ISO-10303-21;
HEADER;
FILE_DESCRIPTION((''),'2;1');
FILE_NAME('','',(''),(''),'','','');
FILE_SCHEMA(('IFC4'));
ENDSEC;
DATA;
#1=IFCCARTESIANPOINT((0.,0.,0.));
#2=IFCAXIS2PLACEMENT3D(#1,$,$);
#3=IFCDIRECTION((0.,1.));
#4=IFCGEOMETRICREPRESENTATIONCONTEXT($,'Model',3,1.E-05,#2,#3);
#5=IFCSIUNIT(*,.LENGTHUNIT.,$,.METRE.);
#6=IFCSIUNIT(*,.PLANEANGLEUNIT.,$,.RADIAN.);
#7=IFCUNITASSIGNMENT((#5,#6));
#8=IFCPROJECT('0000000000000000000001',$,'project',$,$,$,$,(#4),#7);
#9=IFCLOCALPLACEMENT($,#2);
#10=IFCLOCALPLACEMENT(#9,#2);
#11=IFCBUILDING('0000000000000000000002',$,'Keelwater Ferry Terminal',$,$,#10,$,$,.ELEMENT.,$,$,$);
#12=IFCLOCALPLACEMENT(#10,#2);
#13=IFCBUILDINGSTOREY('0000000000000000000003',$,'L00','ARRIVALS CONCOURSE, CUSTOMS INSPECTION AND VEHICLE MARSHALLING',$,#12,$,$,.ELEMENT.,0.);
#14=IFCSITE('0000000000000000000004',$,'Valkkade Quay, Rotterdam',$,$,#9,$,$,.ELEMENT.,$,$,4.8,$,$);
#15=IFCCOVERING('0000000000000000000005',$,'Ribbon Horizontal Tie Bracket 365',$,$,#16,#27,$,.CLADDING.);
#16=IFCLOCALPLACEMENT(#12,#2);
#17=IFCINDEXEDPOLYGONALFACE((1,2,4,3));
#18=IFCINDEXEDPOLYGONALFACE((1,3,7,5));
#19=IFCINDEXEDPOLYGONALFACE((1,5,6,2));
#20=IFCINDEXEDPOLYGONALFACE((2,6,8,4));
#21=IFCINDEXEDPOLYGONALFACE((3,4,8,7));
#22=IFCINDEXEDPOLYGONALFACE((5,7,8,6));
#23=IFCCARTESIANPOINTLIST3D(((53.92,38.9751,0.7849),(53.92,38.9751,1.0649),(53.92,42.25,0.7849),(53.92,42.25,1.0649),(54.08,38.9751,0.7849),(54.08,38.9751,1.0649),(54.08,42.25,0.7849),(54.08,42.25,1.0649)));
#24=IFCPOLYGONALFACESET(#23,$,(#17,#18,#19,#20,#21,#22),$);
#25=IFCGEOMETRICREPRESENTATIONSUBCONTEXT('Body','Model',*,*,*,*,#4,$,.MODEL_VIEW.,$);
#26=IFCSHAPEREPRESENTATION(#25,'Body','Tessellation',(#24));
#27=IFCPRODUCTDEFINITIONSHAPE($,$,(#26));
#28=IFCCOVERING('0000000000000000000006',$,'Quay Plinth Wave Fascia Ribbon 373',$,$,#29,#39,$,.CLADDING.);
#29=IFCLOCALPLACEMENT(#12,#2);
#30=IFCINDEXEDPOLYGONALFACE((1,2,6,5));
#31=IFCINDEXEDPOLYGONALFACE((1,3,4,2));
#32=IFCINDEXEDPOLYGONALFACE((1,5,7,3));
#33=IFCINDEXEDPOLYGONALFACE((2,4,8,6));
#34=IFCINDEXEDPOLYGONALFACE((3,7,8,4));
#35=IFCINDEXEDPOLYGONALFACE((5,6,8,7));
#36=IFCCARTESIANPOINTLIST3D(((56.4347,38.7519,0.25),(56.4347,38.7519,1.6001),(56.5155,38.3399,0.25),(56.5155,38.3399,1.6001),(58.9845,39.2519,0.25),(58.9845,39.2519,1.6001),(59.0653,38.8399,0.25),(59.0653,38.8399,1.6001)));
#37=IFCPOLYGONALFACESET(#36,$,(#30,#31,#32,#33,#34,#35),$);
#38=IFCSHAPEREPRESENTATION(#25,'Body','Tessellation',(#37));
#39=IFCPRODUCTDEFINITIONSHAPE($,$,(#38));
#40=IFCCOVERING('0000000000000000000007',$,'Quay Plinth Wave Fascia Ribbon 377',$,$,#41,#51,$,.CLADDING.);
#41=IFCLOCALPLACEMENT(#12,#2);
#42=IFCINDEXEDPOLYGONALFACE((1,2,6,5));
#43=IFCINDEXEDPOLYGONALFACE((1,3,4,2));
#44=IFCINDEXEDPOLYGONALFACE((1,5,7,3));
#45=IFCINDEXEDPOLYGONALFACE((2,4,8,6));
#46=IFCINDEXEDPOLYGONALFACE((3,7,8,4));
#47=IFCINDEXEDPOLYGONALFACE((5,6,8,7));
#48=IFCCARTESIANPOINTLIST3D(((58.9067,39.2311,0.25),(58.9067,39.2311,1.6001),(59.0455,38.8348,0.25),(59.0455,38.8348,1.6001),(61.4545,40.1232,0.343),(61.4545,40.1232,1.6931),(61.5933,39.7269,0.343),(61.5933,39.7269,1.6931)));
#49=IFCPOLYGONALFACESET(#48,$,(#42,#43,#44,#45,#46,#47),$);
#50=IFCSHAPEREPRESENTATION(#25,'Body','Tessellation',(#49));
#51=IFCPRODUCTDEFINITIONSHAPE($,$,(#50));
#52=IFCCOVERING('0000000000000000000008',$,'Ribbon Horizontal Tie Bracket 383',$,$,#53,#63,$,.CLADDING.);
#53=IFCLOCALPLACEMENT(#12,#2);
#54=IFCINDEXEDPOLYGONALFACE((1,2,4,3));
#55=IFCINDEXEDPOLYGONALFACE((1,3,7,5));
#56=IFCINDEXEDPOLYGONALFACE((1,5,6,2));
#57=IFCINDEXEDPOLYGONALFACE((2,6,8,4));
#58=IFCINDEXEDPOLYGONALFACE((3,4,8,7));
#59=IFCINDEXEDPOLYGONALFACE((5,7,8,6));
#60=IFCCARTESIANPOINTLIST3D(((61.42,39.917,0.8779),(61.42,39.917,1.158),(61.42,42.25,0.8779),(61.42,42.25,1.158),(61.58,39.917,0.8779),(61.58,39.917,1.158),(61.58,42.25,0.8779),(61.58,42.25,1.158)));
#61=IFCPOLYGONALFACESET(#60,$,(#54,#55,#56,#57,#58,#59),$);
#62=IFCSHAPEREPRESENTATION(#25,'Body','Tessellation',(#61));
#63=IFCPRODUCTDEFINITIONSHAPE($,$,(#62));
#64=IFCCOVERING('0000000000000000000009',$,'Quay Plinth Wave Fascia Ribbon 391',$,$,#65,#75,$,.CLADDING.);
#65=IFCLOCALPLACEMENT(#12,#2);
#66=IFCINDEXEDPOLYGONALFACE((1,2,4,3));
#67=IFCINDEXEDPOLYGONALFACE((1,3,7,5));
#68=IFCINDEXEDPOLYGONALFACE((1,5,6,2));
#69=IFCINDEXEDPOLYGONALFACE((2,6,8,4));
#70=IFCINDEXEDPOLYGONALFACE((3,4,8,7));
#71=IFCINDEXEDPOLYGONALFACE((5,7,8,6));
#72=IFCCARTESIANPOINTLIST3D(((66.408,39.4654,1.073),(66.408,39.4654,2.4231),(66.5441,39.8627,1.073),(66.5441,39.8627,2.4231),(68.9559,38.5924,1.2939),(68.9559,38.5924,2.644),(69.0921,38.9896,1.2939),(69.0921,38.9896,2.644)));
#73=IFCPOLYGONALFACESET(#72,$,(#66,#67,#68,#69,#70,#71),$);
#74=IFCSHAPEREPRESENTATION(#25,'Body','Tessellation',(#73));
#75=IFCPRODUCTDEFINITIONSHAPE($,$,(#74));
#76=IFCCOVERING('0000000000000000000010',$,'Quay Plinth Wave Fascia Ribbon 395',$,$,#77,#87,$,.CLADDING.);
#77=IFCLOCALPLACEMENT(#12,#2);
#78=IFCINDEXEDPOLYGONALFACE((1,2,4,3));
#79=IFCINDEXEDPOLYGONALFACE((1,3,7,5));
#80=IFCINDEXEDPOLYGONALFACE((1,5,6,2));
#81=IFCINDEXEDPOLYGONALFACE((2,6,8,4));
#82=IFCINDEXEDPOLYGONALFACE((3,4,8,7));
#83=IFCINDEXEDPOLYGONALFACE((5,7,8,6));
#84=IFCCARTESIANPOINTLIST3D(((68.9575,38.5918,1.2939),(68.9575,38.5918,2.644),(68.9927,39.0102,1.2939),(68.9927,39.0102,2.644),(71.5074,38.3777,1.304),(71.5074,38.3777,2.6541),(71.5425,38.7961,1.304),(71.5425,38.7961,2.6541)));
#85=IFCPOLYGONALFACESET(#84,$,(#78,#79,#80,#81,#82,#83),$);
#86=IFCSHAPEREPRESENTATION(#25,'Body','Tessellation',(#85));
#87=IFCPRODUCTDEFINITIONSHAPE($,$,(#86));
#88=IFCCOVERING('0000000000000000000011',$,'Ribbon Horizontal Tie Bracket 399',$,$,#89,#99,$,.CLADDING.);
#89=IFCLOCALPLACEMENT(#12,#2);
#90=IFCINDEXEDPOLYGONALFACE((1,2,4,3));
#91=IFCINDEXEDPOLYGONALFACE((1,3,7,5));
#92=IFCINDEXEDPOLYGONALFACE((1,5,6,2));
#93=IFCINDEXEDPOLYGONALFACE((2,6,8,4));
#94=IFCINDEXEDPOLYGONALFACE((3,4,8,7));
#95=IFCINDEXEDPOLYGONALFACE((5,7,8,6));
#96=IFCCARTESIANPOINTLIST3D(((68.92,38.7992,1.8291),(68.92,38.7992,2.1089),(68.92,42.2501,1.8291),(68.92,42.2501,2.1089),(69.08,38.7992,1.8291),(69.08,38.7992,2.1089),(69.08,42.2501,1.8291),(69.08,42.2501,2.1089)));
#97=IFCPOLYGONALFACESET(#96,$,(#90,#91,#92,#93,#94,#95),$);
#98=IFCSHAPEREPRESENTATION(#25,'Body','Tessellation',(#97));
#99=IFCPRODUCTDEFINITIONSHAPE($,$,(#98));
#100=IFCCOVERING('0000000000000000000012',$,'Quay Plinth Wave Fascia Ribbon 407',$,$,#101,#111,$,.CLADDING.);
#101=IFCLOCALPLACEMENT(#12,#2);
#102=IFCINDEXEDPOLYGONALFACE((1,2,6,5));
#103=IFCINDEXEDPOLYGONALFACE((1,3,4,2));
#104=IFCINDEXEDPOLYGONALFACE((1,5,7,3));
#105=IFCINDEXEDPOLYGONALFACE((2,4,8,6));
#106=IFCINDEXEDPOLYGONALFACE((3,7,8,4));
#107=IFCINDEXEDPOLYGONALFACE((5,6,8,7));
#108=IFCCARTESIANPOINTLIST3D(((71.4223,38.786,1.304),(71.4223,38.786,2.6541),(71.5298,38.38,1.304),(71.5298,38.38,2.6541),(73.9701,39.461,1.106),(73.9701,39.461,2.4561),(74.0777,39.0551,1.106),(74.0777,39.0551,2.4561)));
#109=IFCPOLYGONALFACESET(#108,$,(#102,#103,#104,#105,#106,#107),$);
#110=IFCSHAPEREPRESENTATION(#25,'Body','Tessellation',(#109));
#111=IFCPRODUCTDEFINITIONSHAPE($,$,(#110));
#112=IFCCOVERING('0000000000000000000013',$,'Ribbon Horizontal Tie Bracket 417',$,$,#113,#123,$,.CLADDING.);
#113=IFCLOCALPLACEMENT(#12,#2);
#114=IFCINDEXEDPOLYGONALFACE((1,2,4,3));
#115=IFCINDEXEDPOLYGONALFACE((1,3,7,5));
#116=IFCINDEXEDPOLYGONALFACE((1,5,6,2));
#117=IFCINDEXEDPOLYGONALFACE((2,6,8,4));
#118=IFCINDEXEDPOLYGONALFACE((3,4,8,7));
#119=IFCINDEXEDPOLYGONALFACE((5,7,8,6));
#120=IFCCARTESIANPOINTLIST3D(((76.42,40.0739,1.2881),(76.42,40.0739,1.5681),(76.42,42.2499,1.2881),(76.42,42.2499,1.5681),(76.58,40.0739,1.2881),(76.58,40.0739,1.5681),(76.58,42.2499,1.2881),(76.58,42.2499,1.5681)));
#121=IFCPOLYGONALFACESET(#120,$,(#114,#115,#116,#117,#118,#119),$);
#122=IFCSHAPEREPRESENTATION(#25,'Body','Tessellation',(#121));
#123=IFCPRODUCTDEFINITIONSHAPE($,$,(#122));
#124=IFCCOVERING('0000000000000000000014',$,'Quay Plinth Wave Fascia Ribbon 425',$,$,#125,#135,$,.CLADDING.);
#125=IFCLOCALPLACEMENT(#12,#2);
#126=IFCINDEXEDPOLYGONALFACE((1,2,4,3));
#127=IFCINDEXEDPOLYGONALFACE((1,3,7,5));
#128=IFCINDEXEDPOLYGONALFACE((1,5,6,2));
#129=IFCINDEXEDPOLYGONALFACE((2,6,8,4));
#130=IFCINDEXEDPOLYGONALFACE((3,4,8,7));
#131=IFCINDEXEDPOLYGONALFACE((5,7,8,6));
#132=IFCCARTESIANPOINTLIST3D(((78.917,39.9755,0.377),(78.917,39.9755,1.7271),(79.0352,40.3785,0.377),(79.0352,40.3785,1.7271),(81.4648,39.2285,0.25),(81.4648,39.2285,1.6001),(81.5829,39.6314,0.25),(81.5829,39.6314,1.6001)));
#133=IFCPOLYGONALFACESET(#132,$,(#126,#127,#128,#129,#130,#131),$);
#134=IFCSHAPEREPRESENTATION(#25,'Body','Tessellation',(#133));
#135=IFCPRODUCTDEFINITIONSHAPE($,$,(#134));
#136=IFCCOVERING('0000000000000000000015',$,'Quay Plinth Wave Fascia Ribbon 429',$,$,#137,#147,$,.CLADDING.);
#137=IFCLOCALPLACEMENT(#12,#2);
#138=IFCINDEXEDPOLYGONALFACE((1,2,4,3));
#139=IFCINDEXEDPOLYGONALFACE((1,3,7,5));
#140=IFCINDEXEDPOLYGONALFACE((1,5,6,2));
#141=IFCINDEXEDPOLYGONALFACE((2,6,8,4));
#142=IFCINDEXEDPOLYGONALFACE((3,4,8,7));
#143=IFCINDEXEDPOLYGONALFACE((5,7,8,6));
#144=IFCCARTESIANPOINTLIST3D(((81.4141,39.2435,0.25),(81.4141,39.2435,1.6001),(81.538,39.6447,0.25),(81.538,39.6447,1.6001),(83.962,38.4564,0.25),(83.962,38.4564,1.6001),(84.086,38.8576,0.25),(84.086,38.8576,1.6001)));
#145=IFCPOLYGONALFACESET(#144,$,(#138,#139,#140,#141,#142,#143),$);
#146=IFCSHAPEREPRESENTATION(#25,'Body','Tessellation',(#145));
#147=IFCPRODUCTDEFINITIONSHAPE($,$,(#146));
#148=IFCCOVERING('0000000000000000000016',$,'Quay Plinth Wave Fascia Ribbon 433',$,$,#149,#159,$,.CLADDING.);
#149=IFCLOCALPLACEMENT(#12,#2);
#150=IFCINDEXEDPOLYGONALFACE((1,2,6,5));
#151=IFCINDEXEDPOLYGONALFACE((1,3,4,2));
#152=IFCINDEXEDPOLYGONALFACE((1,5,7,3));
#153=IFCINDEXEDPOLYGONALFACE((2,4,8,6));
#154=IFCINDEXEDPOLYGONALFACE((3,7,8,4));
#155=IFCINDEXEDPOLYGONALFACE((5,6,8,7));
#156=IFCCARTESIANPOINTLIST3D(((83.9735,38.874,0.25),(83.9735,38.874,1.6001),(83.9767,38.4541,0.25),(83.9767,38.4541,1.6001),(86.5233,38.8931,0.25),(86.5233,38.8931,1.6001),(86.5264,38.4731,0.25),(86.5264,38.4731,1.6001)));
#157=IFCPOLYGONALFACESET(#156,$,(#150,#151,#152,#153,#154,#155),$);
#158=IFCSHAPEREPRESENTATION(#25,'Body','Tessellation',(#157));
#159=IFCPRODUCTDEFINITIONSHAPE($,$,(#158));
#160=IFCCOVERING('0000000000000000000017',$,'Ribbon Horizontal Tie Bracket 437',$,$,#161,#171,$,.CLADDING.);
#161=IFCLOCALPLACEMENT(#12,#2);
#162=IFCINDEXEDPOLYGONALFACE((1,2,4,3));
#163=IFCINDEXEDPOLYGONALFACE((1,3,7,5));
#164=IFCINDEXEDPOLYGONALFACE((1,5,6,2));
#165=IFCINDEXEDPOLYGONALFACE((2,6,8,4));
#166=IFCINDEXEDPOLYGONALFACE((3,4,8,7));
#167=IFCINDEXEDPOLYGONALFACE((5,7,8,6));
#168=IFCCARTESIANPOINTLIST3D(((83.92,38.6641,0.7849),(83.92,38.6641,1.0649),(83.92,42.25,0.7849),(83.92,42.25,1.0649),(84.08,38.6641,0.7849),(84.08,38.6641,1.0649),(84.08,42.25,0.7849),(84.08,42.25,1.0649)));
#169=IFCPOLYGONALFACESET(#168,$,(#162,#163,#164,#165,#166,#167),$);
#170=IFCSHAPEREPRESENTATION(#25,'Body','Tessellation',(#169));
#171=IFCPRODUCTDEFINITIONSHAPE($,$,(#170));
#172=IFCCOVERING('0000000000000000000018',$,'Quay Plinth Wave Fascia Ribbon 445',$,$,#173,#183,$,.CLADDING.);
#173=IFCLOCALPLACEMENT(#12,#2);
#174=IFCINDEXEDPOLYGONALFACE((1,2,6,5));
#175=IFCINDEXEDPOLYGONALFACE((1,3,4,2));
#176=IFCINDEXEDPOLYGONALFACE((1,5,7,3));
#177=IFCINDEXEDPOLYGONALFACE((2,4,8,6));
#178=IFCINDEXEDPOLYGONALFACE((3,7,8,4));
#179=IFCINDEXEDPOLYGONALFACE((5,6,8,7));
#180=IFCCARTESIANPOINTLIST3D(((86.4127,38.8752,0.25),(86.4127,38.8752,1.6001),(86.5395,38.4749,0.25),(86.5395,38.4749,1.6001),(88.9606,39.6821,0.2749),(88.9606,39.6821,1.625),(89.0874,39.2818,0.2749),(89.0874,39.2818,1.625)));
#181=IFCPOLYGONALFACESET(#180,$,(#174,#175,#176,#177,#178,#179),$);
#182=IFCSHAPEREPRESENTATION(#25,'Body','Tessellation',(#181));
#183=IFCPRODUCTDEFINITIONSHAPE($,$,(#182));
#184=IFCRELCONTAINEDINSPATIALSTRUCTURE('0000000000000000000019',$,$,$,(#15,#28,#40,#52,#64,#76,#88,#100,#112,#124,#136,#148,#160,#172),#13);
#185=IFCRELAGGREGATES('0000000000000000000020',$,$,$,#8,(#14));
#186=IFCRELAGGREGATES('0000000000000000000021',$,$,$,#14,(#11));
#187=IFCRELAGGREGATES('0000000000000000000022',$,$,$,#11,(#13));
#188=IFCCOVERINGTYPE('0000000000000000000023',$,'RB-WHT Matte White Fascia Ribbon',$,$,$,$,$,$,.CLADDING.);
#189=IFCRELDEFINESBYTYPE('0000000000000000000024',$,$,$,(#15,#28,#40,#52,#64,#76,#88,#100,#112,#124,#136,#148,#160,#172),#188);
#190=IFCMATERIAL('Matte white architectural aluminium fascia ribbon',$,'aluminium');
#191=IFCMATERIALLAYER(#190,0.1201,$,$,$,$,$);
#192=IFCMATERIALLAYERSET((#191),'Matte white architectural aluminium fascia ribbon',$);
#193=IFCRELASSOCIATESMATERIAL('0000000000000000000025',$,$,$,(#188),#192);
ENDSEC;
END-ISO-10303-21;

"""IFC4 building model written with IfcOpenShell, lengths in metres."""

from ifc_helpers import new_model, si_unit, direction, frame, frame_2d, origin, place, context, subcontext, project, spatial, polyline, rectangle, outline, extrude, material, layer, layer_set, type_object, element, save


model = new_model("IFC4")

# Units and contexts
model_context = context("Model", 3, precision=1e-05, world=origin(), true_north=direction((0.0, 1.0)))
body_context = subcontext(model_context, "Body", "Model", "MODEL_VIEW")
ifc_project = project(units=[si_unit("LENGTHUNIT", "METRE"), si_unit("PLANEANGLEUNIT", "RADIAN")], contexts=[model_context])

# Site, building, storey
site_placement = place(None, origin())
site = spatial("IfcSite", under=ifc_project, at=site_placement, Name="Valkkade Quay, Rotterdam", CompositionType="ELEMENT", RefElevation=4.8)
building_placement = place(site_placement, origin())
building = spatial("IfcBuilding", under=site, at=building_placement, Name="Keelwater Ferry Terminal", CompositionType="ELEMENT")
storey_placement = place(building_placement, origin())
storey = spatial("IfcBuildingStorey", under=building, at=storey_placement, Name="L00", Description="ARRIVALS CONCOURSE, CUSTOMS INSPECTION AND VEHICLE MARSHALLING", CompositionType="ELEMENT", Elevation=0.0)

# Coverings
ifc_material_1 = material(Name="Matte white architectural aluminium fascia ribbon", Category="aluminium")
ifc_layer = layer(ifc_material_1, 0.1201)
ifc_layer_set = layer_set([ifc_layer], Name="Matte white architectural aluminium fascia ribbon")
covering_type = type_object("IfcCoveringType", Name="RB-WHT Matte White Fascia Ribbon", PredefinedType="CLADDING", material=ifc_layer_set)
covering_1_placement = place(storey_placement, frame((54.0, 38.9751, 0.7849), z_axis=(0.0, 0.0, 1.0), x_axis=(0.0, 1.0, 0.0)))
element("IfcCovering", 1, at=covering_1_placement, inside=storey, type_object=covering_type, Name="Ribbon Horizontal Tie Bracket 365", PredefinedType="CLADDING", context=body_context, shape_type="SweptSolid", body=[
    extrude(rectangle(XDim=3.2749, YDim=0.1599, at=frame_2d((1.6375, 0.0))), origin(), (0.0, 0.0, 1.0), 0.28),
])
covering_2_placement = place(storey_placement, frame((56.4751, 38.5459, 0.25), z_axis=(0.0, 0.0, 1.0), x_axis=(0.981311, 0.192429, 0.0)))
element("IfcCovering", 2, at=covering_2_placement, inside=storey, type_object=covering_type, Name="Quay Plinth Wave Fascia Ribbon 373", PredefinedType="CLADDING", context=body_context, shape_type="SweptSolid", body=[
    extrude(outline(polyline([(0.0, 0.0), (2.5984, 0.0), (2.5984, 1.3501), (0.0, 1.3501), (0.0, 0.0)])), frame((0.0, 0.21, 0.0), z_axis=(0.0, -1.0, 0.0), x_axis=(1.0, 0.0, 0.0)), (0.0, 0.0, 1.0), 0.4199),
])
covering_3_placement = place(storey_placement, frame((58.9761, 39.033, 0.25), z_axis=(0.0, 0.0, 1.0), x_axis=(0.943819, 0.330463, 0.0)))
element("IfcCovering", 3, at=covering_3_placement, inside=storey, type_object=covering_type, Name="Quay Plinth Wave Fascia Ribbon 377", PredefinedType="CLADDING", context=body_context, shape_type="SweptSolid", body=[
    extrude(outline(polyline([(0.0, 0.0), (2.6995, 0.093), (2.6995, 1.4431), (0.0, 1.3501), (0.0, 0.0)])), frame((0.0, 0.21, 0.0), z_axis=(0.0, -1.0, 0.0), x_axis=(1.0, 0.0, 0.0)), (0.0, 0.0, 1.0), 0.4199),
])
covering_4_placement = place(storey_placement, frame((61.5, 39.917, 0.8779), z_axis=(0.0, 0.0, 1.0), x_axis=(0.0, 1.0, 0.0)))
element("IfcCovering", 4, at=covering_4_placement, inside=storey, type_object=covering_type, Name="Ribbon Horizontal Tie Bracket 383", PredefinedType="CLADDING", context=body_context, shape_type="SweptSolid", body=[
    extrude(rectangle(XDim=2.333, YDim=0.1599, at=frame_2d((1.1665, 0.0))), origin(), (0.0, 0.0, 1.0), 0.28),
])
covering_5_placement = place(storey_placement, frame((66.4761, 39.6641, 1.073), z_axis=(0.0, 0.0, 1.0), x_axis=(0.946003, -0.324157, 0.0)))
element("IfcCovering", 5, at=covering_5_placement, inside=storey, type_object=covering_type, Name="Quay Plinth Wave Fascia Ribbon 391", PredefinedType="CLADDING", context=body_context, shape_type="SweptSolid", body=[
    extrude(outline(polyline([(0.0, 0.0), (2.6934, 0.2209), (2.6934, 1.571), (0.0, 1.3501), (0.0, 0.0)])), frame((0.0, 0.21, 0.0), z_axis=(0.0, -1.0, 0.0), x_axis=(1.0, 0.0, 0.0)), (0.0, 0.0, 1.0), 0.4199),
])
covering_6_placement = place(storey_placement, frame((68.9751, 38.801, 1.2939), z_axis=(0.0, 0.0, 1.0), x_axis=(0.996493, -0.083677, 0.0)))
element("IfcCovering", 6, at=covering_6_placement, inside=storey, type_object=covering_type, Name="Quay Plinth Wave Fascia Ribbon 395", PredefinedType="CLADDING", context=body_context, shape_type="SweptSolid", body=[
    extrude(outline(polyline([(0.0, 0.0), (2.5588, 0.01), (2.5588, 1.3601), (0.0, 1.3501), (0.0, 0.0)])), frame((0.0, 0.21, 0.0), z_axis=(0.0, -1.0, 0.0), x_axis=(1.0, 0.0, 0.0)), (0.0, 0.0, 1.0), 0.4199),
])
covering_7_placement = place(storey_placement, frame((69.0, 38.7991, 1.8291), z_axis=(0.0, 0.0, 1.0), x_axis=(0.0, 1.0, 0.0)))
element("IfcCovering", 7, at=covering_7_placement, inside=storey, type_object=covering_type, Name="Ribbon Horizontal Tie Bracket 399", PredefinedType="CLADDING", context=body_context, shape_type="SweptSolid", body=[
    extrude(rectangle(XDim=3.4509, YDim=0.1599, at=frame_2d((1.7256, 0.0))), origin(), (0.0, 0.0, 1.0), 0.2798),
])
covering_8_placement = place(storey_placement, frame((71.4761, 38.583, 1.106), z_axis=(0.0, 0.0, 1.0), x_axis=(0.966647, 0.256112, 0.0)))
element("IfcCovering", 8, at=covering_8_placement, inside=storey, type_object=covering_type, Name="Quay Plinth Wave Fascia Ribbon 407", PredefinedType="CLADDING", context=body_context, shape_type="SweptSolid", body=[
    extrude(outline(polyline([(0.0, 0.198), (2.6357, 0.0), (2.6357, 1.3501), (0.0, 1.5481), (0.0, 0.198)])), frame((0.0, 0.21, 0.0), z_axis=(0.0, -1.0, 0.0), x_axis=(1.0, 0.0, 0.0)), (0.0, 0.0, 1.0), 0.4199),
])
covering_9_placement = place(storey_placement, frame((76.5, 40.074, 1.2881), z_axis=(0.0, 0.0, 1.0), x_axis=(0.0, 1.0, 0.0)))
element("IfcCovering", 9, at=covering_9_placement, inside=storey, type_object=covering_type, Name="Ribbon Horizontal Tie Bracket 417", PredefinedType="CLADDING", context=body_context, shape_type="SweptSolid", body=[
    extrude(rectangle(XDim=2.176, YDim=0.1599, at=frame_2d((1.0879, 0.0))), origin(), (0.0, 0.0, 1.0), 0.28),
])
covering_10_placement = place(storey_placement, frame((78.9761, 40.177, 0.25), z_axis=(0.0, 0.0, 1.0), x_axis=(0.959599, -0.28137, 0.0)))
element("IfcCovering", 10, at=covering_10_placement, inside=storey, type_object=covering_type, Name="Quay Plinth Wave Fascia Ribbon 425", PredefinedType="CLADDING", context=body_context, shape_type="SweptSolid", body=[
    extrude(outline(polyline([(0.0, 0.127), (2.655, 0.0), (2.655, 1.3501), (0.0, 1.4771), (0.0, 0.127)])), frame((0.0, 0.21, 0.0), z_axis=(0.0, -1.0, 0.0), x_axis=(1.0, 0.0, 0.0)), (0.0, 0.0, 1.0), 0.4199),
])
covering_11_placement = place(storey_placement, frame((81.4761, 39.4441, 0.25), z_axis=(0.0, 0.0, 1.0), x_axis=(0.955446, -0.295166, 0.0)))
element("IfcCovering", 11, at=covering_11_placement, inside=storey, type_object=covering_type, Name="Quay Plinth Wave Fascia Ribbon 429", PredefinedType="CLADDING", context=body_context, shape_type="SweptSolid", body=[
    extrude(outline(polyline([(0.0, 0.0), (2.6667, 0.0), (2.6667, 1.3501), (0.0, 1.3501), (0.0, 0.0)])), frame((0.0, 0.21, 0.0), z_axis=(0.0, -1.0, 0.0), x_axis=(1.0, 0.0, 0.0)), (0.0, 0.0, 1.0), 0.4199),
])
covering_12_placement = place(storey_placement, frame((83.9751, 38.6641, 0.25), z_axis=(0.0, 0.0, 1.0), x_axis=(0.999972, 0.007468, 0.0)))
element("IfcCovering", 12, at=covering_12_placement, inside=storey, type_object=covering_type, Name="Quay Plinth Wave Fascia Ribbon 433", PredefinedType="CLADDING", context=body_context, shape_type="SweptSolid", body=[
    extrude(outline(polyline([(0.0, 0.0), (2.5498, 0.0), (2.5498, 1.3501), (0.0, 1.3501), (0.0, 0.0)])), frame((0.0, 0.21, 0.0), z_axis=(0.0, -1.0, 0.0), x_axis=(1.0, 0.0, 0.0)), (0.0, 0.0, 1.0), 0.4199),
])
covering_13_placement = place(storey_placement, frame((84.0, 38.6641, 0.7849), z_axis=(0.0, 0.0, 1.0), x_axis=(0.0, 1.0, 0.0)))
element("IfcCovering", 13, at=covering_13_placement, inside=storey, type_object=covering_type, Name="Ribbon Horizontal Tie Bracket 437", PredefinedType="CLADDING", context=body_context, shape_type="SweptSolid", body=[
    extrude(rectangle(XDim=3.5859, YDim=0.1599, at=frame_2d((1.793, 0.0))), origin(), (0.0, 0.0, 1.0), 0.28),
])
covering_14_placement = place(storey_placement, frame((86.4761, 38.675, 0.25), z_axis=(0.0, 0.0, 1.0), x_axis=(0.953335, 0.301914, 0.0)))
element("IfcCovering", 14, at=covering_14_placement, inside=storey, type_object=covering_type, Name="Quay Plinth Wave Fascia Ribbon 445", PredefinedType="CLADDING", context=body_context, shape_type="SweptSolid", body=[
    extrude(outline(polyline([(0.0, 0.0), (2.6726, 0.0249), (2.6726, 1.375), (0.0, 1.3501), (0.0, 0.0)])), frame((0.0, 0.21, 0.0), z_axis=(0.0, -1.0, 0.0), x_axis=(1.0, 0.0, 0.0)), (0.0, 0.0, 1.0), 0.4199),
])

save(model, "model.ifc")
